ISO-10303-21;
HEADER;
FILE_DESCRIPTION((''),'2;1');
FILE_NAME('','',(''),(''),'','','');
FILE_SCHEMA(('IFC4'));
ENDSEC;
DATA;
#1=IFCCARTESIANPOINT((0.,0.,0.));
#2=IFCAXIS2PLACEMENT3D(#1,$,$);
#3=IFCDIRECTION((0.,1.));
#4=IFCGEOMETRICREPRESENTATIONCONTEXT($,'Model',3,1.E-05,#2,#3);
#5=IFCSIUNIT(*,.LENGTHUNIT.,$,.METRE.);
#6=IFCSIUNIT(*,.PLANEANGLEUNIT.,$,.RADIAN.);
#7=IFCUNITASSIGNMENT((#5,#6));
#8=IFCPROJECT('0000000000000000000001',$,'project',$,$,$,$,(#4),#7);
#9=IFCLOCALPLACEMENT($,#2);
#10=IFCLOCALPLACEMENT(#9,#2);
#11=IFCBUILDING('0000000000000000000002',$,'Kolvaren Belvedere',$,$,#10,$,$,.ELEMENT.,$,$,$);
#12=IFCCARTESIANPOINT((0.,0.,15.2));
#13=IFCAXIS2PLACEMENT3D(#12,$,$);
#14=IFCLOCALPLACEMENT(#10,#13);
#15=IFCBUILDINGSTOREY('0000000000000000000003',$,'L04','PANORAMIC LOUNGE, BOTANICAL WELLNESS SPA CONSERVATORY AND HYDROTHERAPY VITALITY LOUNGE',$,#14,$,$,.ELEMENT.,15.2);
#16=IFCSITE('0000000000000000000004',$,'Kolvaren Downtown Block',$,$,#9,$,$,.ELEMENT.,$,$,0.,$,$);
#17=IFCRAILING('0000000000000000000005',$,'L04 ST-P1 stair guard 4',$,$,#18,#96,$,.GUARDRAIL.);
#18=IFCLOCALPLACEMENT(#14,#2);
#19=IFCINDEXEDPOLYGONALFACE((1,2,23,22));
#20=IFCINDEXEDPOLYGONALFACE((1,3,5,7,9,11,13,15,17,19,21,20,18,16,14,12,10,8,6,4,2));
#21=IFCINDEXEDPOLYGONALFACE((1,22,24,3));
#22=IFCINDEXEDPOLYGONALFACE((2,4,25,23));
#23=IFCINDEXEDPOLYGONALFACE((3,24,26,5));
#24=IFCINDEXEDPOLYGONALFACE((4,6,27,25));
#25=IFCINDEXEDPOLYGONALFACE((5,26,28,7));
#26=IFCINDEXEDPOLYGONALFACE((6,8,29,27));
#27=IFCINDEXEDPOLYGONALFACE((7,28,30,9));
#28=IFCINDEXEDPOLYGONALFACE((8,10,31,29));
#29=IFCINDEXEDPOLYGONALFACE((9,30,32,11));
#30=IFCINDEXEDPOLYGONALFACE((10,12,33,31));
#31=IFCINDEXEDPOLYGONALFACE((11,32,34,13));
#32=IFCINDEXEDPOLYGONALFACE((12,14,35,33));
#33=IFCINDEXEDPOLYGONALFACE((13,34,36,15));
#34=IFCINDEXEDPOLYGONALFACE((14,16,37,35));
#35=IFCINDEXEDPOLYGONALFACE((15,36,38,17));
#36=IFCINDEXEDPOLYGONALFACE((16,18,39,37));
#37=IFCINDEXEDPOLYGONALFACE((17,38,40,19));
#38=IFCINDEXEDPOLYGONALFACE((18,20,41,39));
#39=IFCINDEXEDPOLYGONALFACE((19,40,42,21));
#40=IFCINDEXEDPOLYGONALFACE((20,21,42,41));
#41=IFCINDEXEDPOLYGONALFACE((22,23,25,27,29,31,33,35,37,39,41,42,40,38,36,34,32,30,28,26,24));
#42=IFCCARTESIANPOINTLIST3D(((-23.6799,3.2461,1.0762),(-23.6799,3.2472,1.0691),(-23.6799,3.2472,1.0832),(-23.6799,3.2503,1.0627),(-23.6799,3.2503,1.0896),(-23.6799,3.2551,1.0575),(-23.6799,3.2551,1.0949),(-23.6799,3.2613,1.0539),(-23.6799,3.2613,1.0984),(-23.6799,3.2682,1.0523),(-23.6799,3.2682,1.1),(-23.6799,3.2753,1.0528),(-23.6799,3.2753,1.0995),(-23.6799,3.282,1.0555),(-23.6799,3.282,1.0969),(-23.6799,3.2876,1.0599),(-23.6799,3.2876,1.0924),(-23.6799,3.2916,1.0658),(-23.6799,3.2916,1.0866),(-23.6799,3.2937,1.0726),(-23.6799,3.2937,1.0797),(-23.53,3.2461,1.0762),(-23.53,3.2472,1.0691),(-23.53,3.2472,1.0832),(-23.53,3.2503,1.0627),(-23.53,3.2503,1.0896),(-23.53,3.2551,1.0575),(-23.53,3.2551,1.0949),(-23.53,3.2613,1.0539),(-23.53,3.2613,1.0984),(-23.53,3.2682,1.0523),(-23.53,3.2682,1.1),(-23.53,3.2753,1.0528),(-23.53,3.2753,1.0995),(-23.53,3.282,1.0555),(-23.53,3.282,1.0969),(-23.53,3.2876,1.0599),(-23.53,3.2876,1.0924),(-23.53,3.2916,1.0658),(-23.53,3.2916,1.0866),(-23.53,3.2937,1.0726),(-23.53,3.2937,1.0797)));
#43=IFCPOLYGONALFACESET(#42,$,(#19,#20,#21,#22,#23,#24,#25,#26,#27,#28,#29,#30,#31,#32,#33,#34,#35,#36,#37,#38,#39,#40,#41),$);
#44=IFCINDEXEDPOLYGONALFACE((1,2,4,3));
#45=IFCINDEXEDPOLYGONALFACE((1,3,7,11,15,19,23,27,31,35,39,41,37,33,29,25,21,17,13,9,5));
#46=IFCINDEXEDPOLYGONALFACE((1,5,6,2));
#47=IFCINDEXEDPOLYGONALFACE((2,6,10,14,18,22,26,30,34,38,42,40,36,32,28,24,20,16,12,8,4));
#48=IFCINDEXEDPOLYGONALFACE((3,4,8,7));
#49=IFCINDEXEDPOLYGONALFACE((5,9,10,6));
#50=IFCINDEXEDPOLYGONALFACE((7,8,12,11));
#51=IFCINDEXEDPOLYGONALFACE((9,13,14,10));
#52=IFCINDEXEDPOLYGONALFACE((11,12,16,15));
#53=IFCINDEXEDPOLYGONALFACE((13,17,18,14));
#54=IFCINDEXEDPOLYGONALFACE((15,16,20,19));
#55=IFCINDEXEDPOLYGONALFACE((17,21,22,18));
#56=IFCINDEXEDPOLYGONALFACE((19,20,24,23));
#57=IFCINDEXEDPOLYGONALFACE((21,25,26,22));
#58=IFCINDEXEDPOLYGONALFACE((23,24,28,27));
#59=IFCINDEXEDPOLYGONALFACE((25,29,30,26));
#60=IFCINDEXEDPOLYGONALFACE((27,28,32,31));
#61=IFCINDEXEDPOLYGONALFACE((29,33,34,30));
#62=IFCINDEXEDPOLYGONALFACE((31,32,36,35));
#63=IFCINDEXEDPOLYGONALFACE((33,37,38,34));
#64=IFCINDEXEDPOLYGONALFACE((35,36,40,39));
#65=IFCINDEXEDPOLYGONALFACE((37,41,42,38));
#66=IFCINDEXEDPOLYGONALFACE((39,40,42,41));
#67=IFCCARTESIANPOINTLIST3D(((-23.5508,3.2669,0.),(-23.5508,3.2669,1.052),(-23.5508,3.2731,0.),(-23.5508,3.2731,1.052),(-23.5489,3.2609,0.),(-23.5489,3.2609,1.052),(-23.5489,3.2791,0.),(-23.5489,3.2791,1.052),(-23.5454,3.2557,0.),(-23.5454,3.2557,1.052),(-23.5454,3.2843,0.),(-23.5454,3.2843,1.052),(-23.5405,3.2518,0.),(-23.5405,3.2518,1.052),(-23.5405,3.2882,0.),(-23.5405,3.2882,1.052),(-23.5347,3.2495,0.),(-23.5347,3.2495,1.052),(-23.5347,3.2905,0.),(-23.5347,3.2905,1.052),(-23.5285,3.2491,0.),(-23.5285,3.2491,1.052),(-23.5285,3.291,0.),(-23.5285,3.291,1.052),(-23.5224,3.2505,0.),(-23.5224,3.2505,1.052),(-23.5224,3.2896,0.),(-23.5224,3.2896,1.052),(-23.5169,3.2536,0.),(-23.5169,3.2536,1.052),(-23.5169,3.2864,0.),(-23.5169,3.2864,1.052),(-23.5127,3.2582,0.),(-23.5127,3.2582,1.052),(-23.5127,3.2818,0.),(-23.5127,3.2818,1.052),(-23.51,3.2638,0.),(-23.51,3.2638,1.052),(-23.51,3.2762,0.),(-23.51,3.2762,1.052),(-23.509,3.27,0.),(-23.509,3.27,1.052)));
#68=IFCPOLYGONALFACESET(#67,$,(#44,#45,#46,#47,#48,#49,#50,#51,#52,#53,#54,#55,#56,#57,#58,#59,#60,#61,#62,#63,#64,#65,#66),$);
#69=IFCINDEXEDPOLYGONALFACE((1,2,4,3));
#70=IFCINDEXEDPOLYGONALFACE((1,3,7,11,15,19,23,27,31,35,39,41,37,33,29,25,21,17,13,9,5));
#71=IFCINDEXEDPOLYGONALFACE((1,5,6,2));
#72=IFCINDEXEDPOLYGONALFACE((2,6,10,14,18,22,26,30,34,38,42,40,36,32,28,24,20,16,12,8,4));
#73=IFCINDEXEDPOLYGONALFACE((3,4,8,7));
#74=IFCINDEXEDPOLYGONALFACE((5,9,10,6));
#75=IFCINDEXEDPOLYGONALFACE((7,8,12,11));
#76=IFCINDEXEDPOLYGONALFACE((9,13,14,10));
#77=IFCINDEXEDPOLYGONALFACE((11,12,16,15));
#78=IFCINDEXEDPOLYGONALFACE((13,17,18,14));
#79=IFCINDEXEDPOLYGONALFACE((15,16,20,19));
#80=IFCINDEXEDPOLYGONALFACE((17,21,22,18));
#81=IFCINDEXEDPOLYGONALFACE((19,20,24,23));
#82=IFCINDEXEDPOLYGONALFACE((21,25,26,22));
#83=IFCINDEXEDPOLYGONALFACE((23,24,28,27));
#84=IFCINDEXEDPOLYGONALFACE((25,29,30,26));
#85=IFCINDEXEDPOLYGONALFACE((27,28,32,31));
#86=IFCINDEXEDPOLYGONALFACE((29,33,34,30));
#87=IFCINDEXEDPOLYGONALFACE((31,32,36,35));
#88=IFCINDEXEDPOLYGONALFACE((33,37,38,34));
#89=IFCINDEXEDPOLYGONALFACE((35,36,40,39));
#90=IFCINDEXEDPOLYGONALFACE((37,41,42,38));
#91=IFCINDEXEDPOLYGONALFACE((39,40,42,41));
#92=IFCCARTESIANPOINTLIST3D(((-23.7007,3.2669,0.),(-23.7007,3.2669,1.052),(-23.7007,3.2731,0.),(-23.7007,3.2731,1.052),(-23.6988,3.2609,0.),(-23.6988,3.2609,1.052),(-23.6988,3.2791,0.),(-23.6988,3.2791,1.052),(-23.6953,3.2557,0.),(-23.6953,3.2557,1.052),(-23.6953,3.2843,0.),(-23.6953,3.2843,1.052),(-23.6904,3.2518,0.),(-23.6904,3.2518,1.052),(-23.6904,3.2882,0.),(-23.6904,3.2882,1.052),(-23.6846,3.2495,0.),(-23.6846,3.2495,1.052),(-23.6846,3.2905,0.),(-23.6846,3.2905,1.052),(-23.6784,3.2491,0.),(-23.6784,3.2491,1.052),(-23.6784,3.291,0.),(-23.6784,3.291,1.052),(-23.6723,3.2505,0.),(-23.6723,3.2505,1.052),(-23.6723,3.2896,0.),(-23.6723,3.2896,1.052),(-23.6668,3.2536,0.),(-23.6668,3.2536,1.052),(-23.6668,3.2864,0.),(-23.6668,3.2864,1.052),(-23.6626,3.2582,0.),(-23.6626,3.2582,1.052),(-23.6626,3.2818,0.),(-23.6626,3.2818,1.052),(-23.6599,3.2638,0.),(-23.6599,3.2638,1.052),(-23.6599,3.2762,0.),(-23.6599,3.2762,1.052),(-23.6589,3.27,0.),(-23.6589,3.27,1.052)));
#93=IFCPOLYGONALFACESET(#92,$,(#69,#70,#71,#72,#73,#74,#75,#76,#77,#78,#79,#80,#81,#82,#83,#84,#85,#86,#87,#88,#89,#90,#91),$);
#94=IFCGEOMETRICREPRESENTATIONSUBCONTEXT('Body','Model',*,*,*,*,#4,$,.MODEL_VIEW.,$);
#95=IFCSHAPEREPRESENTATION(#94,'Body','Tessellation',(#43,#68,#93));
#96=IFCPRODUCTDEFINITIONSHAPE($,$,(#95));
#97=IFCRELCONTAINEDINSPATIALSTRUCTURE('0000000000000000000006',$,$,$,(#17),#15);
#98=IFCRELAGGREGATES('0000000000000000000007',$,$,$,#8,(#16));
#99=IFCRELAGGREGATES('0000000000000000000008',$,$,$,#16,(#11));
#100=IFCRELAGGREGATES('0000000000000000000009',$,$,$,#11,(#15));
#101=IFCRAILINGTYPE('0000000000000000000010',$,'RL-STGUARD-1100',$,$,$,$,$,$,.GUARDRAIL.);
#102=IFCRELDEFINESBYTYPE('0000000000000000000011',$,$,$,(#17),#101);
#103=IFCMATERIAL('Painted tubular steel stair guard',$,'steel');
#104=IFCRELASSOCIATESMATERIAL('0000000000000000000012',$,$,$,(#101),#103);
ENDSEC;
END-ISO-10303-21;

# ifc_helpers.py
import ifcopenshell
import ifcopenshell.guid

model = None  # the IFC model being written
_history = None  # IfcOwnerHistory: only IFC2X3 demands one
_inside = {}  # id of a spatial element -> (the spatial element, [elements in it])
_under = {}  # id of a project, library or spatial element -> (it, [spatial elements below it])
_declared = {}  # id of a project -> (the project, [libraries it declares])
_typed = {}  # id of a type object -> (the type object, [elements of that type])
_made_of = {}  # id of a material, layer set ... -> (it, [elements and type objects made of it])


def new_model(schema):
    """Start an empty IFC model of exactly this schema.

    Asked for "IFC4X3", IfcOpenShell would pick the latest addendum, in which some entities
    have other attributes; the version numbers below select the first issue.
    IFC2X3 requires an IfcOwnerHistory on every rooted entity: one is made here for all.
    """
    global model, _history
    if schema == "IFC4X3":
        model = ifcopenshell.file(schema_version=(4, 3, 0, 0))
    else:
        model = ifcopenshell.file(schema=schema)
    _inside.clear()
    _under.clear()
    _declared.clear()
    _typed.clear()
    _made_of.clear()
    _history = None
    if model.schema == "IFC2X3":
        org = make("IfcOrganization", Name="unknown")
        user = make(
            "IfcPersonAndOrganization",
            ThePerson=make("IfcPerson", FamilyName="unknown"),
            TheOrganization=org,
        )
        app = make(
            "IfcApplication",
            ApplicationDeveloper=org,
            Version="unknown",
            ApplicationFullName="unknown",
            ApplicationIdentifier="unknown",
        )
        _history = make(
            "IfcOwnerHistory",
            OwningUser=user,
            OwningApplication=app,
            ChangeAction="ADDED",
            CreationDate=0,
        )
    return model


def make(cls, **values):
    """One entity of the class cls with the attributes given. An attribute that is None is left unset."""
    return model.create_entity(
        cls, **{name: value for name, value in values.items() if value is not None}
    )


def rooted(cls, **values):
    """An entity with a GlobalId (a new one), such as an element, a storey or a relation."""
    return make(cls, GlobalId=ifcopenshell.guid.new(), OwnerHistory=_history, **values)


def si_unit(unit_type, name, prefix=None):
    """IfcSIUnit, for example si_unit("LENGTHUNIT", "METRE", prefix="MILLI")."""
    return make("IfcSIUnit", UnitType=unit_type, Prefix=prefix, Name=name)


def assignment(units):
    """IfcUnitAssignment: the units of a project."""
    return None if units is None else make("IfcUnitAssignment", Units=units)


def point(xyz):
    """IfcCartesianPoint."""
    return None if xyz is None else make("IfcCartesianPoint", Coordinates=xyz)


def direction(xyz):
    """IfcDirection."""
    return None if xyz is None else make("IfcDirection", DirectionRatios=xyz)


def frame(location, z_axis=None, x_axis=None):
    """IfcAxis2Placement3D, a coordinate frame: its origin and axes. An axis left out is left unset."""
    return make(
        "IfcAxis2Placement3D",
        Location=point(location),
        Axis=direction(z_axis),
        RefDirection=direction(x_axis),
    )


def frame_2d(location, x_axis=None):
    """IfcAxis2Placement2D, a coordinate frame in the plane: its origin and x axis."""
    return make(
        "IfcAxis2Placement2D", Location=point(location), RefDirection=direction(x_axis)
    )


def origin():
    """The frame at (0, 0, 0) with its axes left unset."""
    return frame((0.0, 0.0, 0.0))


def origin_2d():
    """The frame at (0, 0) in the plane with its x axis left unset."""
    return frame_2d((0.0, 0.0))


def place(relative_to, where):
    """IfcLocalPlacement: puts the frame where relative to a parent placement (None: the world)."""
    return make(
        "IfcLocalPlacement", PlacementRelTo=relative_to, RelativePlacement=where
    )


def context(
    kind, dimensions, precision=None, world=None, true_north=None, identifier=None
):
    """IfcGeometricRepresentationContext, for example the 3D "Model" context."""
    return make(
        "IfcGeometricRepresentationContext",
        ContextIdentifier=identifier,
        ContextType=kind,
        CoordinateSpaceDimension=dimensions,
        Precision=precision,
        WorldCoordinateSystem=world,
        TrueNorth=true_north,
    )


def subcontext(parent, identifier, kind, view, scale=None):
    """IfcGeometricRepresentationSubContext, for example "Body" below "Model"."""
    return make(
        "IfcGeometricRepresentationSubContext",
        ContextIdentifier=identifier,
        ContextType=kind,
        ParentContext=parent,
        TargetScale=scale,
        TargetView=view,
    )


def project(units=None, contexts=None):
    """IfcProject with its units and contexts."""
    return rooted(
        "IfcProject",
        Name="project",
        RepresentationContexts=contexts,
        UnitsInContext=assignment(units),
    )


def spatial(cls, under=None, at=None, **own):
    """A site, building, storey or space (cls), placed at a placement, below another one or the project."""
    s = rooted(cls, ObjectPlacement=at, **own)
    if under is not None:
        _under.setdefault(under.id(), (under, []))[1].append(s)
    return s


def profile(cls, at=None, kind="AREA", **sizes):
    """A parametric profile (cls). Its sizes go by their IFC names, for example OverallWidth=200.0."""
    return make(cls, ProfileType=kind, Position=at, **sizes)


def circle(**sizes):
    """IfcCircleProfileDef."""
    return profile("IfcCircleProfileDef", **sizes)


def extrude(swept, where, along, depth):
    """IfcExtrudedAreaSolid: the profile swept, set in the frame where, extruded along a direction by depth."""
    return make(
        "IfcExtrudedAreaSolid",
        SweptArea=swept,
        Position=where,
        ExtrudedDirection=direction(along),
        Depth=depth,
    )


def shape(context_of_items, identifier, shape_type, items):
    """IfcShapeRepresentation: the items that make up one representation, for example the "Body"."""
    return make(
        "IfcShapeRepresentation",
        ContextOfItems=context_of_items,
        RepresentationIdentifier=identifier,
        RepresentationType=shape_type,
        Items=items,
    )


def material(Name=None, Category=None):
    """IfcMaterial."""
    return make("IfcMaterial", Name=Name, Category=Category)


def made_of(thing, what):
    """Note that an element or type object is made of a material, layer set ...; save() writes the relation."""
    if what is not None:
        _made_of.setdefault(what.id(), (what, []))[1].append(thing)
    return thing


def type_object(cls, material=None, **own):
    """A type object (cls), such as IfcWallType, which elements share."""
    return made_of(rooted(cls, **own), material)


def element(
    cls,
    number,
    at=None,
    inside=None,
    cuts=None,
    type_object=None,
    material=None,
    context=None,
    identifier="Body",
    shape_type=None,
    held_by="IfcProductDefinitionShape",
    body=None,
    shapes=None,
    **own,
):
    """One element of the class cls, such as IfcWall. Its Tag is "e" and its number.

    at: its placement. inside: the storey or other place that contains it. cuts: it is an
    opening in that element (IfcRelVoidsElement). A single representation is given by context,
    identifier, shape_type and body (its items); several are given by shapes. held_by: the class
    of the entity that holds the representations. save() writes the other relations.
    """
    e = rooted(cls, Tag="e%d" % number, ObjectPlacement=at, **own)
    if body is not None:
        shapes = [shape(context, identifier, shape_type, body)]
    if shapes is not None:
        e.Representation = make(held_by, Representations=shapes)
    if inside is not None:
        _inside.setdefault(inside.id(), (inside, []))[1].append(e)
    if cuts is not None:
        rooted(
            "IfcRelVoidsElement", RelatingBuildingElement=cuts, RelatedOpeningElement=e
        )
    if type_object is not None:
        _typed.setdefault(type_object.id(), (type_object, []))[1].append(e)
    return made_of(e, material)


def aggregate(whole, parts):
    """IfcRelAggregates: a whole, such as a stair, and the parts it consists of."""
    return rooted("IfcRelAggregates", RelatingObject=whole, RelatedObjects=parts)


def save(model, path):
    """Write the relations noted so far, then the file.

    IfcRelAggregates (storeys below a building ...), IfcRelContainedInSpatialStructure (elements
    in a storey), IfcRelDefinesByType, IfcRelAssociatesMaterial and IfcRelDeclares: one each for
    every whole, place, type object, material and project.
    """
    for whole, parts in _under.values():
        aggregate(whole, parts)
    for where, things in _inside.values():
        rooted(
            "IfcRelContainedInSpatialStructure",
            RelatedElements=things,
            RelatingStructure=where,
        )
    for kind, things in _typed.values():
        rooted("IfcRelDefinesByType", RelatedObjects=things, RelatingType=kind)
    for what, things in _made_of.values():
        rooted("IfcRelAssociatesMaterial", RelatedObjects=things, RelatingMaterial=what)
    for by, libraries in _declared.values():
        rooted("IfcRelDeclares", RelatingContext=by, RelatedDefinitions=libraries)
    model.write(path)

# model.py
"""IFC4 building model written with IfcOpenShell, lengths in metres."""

from ifc_helpers import new_model, si_unit, direction, frame, origin, origin_2d, place, context, subcontext, project, spatial, circle, extrude, material, type_object, element, save


model = new_model("IFC4")

# Units and contexts
model_context = context("Model", 3, precision=1e-05, world=origin(), true_north=direction((0.0, 1.0)))
body_context = subcontext(model_context, "Body", "Model", "MODEL_VIEW")
ifc_project = project(units=[si_unit("LENGTHUNIT", "METRE"), si_unit("PLANEANGLEUNIT", "RADIAN")], contexts=[model_context])

# Site, building, storey
site_placement = place(None, origin())
site = spatial("IfcSite", under=ifc_project, at=site_placement, Name="Kolvaren Downtown Block", CompositionType="ELEMENT", RefElevation=0.0)
building_placement = place(site_placement, origin())
building = spatial("IfcBuilding", under=site, at=building_placement, Name="Kolvaren Belvedere", CompositionType="ELEMENT")
storey_placement = place(building_placement, frame((0.0, 0.0, 15.2)))
storey = spatial("IfcBuildingStorey", under=building, at=storey_placement, Name="L04", Description="PANORAMIC LOUNGE, BOTANICAL WELLNESS SPA CONSERVATORY AND HYDROTHERAPY VITALITY LOUNGE", CompositionType="ELEMENT", Elevation=15.2)

# Railing
ifc_material_1 = material(Name="Painted tubular steel stair guard", Category="steel")
railing_type_1 = type_object("IfcRailingType", Name="RL-STGUARD-1100", PredefinedType="GUARDRAIL", material=ifc_material_1)
railing_1_placement = place(storey_placement, frame((-23.53, 3.27, 0.0)))
element("IfcRailing", 1, at=railing_1_placement, inside=storey, type_object=railing_type_1, Name="L04 ST-P1 stair guard 4", PredefinedType="GUARDRAIL", context=body_context, shape_type="SweptSolid", body=[
    extrude(circle(Radius=0.0239, at=origin_2d()), frame((0.0, 0.0, 1.0762), z_axis=(-1.0, 0.0, 0.0), x_axis=(0.0, -1.0, 0.0)), (0.0, 0.0, 1.0), 0.1499),
    extrude(circle(Radius=0.021, at=origin_2d()), origin(), (0.0, 0.0, 1.0), 1.052),
    extrude(circle(Radius=0.021, at=origin_2d()), frame((-0.1499, 0.0, 0.0)), (0.0, 0.0, 1.0), 1.052),
])

save(model, "model.ifc")
